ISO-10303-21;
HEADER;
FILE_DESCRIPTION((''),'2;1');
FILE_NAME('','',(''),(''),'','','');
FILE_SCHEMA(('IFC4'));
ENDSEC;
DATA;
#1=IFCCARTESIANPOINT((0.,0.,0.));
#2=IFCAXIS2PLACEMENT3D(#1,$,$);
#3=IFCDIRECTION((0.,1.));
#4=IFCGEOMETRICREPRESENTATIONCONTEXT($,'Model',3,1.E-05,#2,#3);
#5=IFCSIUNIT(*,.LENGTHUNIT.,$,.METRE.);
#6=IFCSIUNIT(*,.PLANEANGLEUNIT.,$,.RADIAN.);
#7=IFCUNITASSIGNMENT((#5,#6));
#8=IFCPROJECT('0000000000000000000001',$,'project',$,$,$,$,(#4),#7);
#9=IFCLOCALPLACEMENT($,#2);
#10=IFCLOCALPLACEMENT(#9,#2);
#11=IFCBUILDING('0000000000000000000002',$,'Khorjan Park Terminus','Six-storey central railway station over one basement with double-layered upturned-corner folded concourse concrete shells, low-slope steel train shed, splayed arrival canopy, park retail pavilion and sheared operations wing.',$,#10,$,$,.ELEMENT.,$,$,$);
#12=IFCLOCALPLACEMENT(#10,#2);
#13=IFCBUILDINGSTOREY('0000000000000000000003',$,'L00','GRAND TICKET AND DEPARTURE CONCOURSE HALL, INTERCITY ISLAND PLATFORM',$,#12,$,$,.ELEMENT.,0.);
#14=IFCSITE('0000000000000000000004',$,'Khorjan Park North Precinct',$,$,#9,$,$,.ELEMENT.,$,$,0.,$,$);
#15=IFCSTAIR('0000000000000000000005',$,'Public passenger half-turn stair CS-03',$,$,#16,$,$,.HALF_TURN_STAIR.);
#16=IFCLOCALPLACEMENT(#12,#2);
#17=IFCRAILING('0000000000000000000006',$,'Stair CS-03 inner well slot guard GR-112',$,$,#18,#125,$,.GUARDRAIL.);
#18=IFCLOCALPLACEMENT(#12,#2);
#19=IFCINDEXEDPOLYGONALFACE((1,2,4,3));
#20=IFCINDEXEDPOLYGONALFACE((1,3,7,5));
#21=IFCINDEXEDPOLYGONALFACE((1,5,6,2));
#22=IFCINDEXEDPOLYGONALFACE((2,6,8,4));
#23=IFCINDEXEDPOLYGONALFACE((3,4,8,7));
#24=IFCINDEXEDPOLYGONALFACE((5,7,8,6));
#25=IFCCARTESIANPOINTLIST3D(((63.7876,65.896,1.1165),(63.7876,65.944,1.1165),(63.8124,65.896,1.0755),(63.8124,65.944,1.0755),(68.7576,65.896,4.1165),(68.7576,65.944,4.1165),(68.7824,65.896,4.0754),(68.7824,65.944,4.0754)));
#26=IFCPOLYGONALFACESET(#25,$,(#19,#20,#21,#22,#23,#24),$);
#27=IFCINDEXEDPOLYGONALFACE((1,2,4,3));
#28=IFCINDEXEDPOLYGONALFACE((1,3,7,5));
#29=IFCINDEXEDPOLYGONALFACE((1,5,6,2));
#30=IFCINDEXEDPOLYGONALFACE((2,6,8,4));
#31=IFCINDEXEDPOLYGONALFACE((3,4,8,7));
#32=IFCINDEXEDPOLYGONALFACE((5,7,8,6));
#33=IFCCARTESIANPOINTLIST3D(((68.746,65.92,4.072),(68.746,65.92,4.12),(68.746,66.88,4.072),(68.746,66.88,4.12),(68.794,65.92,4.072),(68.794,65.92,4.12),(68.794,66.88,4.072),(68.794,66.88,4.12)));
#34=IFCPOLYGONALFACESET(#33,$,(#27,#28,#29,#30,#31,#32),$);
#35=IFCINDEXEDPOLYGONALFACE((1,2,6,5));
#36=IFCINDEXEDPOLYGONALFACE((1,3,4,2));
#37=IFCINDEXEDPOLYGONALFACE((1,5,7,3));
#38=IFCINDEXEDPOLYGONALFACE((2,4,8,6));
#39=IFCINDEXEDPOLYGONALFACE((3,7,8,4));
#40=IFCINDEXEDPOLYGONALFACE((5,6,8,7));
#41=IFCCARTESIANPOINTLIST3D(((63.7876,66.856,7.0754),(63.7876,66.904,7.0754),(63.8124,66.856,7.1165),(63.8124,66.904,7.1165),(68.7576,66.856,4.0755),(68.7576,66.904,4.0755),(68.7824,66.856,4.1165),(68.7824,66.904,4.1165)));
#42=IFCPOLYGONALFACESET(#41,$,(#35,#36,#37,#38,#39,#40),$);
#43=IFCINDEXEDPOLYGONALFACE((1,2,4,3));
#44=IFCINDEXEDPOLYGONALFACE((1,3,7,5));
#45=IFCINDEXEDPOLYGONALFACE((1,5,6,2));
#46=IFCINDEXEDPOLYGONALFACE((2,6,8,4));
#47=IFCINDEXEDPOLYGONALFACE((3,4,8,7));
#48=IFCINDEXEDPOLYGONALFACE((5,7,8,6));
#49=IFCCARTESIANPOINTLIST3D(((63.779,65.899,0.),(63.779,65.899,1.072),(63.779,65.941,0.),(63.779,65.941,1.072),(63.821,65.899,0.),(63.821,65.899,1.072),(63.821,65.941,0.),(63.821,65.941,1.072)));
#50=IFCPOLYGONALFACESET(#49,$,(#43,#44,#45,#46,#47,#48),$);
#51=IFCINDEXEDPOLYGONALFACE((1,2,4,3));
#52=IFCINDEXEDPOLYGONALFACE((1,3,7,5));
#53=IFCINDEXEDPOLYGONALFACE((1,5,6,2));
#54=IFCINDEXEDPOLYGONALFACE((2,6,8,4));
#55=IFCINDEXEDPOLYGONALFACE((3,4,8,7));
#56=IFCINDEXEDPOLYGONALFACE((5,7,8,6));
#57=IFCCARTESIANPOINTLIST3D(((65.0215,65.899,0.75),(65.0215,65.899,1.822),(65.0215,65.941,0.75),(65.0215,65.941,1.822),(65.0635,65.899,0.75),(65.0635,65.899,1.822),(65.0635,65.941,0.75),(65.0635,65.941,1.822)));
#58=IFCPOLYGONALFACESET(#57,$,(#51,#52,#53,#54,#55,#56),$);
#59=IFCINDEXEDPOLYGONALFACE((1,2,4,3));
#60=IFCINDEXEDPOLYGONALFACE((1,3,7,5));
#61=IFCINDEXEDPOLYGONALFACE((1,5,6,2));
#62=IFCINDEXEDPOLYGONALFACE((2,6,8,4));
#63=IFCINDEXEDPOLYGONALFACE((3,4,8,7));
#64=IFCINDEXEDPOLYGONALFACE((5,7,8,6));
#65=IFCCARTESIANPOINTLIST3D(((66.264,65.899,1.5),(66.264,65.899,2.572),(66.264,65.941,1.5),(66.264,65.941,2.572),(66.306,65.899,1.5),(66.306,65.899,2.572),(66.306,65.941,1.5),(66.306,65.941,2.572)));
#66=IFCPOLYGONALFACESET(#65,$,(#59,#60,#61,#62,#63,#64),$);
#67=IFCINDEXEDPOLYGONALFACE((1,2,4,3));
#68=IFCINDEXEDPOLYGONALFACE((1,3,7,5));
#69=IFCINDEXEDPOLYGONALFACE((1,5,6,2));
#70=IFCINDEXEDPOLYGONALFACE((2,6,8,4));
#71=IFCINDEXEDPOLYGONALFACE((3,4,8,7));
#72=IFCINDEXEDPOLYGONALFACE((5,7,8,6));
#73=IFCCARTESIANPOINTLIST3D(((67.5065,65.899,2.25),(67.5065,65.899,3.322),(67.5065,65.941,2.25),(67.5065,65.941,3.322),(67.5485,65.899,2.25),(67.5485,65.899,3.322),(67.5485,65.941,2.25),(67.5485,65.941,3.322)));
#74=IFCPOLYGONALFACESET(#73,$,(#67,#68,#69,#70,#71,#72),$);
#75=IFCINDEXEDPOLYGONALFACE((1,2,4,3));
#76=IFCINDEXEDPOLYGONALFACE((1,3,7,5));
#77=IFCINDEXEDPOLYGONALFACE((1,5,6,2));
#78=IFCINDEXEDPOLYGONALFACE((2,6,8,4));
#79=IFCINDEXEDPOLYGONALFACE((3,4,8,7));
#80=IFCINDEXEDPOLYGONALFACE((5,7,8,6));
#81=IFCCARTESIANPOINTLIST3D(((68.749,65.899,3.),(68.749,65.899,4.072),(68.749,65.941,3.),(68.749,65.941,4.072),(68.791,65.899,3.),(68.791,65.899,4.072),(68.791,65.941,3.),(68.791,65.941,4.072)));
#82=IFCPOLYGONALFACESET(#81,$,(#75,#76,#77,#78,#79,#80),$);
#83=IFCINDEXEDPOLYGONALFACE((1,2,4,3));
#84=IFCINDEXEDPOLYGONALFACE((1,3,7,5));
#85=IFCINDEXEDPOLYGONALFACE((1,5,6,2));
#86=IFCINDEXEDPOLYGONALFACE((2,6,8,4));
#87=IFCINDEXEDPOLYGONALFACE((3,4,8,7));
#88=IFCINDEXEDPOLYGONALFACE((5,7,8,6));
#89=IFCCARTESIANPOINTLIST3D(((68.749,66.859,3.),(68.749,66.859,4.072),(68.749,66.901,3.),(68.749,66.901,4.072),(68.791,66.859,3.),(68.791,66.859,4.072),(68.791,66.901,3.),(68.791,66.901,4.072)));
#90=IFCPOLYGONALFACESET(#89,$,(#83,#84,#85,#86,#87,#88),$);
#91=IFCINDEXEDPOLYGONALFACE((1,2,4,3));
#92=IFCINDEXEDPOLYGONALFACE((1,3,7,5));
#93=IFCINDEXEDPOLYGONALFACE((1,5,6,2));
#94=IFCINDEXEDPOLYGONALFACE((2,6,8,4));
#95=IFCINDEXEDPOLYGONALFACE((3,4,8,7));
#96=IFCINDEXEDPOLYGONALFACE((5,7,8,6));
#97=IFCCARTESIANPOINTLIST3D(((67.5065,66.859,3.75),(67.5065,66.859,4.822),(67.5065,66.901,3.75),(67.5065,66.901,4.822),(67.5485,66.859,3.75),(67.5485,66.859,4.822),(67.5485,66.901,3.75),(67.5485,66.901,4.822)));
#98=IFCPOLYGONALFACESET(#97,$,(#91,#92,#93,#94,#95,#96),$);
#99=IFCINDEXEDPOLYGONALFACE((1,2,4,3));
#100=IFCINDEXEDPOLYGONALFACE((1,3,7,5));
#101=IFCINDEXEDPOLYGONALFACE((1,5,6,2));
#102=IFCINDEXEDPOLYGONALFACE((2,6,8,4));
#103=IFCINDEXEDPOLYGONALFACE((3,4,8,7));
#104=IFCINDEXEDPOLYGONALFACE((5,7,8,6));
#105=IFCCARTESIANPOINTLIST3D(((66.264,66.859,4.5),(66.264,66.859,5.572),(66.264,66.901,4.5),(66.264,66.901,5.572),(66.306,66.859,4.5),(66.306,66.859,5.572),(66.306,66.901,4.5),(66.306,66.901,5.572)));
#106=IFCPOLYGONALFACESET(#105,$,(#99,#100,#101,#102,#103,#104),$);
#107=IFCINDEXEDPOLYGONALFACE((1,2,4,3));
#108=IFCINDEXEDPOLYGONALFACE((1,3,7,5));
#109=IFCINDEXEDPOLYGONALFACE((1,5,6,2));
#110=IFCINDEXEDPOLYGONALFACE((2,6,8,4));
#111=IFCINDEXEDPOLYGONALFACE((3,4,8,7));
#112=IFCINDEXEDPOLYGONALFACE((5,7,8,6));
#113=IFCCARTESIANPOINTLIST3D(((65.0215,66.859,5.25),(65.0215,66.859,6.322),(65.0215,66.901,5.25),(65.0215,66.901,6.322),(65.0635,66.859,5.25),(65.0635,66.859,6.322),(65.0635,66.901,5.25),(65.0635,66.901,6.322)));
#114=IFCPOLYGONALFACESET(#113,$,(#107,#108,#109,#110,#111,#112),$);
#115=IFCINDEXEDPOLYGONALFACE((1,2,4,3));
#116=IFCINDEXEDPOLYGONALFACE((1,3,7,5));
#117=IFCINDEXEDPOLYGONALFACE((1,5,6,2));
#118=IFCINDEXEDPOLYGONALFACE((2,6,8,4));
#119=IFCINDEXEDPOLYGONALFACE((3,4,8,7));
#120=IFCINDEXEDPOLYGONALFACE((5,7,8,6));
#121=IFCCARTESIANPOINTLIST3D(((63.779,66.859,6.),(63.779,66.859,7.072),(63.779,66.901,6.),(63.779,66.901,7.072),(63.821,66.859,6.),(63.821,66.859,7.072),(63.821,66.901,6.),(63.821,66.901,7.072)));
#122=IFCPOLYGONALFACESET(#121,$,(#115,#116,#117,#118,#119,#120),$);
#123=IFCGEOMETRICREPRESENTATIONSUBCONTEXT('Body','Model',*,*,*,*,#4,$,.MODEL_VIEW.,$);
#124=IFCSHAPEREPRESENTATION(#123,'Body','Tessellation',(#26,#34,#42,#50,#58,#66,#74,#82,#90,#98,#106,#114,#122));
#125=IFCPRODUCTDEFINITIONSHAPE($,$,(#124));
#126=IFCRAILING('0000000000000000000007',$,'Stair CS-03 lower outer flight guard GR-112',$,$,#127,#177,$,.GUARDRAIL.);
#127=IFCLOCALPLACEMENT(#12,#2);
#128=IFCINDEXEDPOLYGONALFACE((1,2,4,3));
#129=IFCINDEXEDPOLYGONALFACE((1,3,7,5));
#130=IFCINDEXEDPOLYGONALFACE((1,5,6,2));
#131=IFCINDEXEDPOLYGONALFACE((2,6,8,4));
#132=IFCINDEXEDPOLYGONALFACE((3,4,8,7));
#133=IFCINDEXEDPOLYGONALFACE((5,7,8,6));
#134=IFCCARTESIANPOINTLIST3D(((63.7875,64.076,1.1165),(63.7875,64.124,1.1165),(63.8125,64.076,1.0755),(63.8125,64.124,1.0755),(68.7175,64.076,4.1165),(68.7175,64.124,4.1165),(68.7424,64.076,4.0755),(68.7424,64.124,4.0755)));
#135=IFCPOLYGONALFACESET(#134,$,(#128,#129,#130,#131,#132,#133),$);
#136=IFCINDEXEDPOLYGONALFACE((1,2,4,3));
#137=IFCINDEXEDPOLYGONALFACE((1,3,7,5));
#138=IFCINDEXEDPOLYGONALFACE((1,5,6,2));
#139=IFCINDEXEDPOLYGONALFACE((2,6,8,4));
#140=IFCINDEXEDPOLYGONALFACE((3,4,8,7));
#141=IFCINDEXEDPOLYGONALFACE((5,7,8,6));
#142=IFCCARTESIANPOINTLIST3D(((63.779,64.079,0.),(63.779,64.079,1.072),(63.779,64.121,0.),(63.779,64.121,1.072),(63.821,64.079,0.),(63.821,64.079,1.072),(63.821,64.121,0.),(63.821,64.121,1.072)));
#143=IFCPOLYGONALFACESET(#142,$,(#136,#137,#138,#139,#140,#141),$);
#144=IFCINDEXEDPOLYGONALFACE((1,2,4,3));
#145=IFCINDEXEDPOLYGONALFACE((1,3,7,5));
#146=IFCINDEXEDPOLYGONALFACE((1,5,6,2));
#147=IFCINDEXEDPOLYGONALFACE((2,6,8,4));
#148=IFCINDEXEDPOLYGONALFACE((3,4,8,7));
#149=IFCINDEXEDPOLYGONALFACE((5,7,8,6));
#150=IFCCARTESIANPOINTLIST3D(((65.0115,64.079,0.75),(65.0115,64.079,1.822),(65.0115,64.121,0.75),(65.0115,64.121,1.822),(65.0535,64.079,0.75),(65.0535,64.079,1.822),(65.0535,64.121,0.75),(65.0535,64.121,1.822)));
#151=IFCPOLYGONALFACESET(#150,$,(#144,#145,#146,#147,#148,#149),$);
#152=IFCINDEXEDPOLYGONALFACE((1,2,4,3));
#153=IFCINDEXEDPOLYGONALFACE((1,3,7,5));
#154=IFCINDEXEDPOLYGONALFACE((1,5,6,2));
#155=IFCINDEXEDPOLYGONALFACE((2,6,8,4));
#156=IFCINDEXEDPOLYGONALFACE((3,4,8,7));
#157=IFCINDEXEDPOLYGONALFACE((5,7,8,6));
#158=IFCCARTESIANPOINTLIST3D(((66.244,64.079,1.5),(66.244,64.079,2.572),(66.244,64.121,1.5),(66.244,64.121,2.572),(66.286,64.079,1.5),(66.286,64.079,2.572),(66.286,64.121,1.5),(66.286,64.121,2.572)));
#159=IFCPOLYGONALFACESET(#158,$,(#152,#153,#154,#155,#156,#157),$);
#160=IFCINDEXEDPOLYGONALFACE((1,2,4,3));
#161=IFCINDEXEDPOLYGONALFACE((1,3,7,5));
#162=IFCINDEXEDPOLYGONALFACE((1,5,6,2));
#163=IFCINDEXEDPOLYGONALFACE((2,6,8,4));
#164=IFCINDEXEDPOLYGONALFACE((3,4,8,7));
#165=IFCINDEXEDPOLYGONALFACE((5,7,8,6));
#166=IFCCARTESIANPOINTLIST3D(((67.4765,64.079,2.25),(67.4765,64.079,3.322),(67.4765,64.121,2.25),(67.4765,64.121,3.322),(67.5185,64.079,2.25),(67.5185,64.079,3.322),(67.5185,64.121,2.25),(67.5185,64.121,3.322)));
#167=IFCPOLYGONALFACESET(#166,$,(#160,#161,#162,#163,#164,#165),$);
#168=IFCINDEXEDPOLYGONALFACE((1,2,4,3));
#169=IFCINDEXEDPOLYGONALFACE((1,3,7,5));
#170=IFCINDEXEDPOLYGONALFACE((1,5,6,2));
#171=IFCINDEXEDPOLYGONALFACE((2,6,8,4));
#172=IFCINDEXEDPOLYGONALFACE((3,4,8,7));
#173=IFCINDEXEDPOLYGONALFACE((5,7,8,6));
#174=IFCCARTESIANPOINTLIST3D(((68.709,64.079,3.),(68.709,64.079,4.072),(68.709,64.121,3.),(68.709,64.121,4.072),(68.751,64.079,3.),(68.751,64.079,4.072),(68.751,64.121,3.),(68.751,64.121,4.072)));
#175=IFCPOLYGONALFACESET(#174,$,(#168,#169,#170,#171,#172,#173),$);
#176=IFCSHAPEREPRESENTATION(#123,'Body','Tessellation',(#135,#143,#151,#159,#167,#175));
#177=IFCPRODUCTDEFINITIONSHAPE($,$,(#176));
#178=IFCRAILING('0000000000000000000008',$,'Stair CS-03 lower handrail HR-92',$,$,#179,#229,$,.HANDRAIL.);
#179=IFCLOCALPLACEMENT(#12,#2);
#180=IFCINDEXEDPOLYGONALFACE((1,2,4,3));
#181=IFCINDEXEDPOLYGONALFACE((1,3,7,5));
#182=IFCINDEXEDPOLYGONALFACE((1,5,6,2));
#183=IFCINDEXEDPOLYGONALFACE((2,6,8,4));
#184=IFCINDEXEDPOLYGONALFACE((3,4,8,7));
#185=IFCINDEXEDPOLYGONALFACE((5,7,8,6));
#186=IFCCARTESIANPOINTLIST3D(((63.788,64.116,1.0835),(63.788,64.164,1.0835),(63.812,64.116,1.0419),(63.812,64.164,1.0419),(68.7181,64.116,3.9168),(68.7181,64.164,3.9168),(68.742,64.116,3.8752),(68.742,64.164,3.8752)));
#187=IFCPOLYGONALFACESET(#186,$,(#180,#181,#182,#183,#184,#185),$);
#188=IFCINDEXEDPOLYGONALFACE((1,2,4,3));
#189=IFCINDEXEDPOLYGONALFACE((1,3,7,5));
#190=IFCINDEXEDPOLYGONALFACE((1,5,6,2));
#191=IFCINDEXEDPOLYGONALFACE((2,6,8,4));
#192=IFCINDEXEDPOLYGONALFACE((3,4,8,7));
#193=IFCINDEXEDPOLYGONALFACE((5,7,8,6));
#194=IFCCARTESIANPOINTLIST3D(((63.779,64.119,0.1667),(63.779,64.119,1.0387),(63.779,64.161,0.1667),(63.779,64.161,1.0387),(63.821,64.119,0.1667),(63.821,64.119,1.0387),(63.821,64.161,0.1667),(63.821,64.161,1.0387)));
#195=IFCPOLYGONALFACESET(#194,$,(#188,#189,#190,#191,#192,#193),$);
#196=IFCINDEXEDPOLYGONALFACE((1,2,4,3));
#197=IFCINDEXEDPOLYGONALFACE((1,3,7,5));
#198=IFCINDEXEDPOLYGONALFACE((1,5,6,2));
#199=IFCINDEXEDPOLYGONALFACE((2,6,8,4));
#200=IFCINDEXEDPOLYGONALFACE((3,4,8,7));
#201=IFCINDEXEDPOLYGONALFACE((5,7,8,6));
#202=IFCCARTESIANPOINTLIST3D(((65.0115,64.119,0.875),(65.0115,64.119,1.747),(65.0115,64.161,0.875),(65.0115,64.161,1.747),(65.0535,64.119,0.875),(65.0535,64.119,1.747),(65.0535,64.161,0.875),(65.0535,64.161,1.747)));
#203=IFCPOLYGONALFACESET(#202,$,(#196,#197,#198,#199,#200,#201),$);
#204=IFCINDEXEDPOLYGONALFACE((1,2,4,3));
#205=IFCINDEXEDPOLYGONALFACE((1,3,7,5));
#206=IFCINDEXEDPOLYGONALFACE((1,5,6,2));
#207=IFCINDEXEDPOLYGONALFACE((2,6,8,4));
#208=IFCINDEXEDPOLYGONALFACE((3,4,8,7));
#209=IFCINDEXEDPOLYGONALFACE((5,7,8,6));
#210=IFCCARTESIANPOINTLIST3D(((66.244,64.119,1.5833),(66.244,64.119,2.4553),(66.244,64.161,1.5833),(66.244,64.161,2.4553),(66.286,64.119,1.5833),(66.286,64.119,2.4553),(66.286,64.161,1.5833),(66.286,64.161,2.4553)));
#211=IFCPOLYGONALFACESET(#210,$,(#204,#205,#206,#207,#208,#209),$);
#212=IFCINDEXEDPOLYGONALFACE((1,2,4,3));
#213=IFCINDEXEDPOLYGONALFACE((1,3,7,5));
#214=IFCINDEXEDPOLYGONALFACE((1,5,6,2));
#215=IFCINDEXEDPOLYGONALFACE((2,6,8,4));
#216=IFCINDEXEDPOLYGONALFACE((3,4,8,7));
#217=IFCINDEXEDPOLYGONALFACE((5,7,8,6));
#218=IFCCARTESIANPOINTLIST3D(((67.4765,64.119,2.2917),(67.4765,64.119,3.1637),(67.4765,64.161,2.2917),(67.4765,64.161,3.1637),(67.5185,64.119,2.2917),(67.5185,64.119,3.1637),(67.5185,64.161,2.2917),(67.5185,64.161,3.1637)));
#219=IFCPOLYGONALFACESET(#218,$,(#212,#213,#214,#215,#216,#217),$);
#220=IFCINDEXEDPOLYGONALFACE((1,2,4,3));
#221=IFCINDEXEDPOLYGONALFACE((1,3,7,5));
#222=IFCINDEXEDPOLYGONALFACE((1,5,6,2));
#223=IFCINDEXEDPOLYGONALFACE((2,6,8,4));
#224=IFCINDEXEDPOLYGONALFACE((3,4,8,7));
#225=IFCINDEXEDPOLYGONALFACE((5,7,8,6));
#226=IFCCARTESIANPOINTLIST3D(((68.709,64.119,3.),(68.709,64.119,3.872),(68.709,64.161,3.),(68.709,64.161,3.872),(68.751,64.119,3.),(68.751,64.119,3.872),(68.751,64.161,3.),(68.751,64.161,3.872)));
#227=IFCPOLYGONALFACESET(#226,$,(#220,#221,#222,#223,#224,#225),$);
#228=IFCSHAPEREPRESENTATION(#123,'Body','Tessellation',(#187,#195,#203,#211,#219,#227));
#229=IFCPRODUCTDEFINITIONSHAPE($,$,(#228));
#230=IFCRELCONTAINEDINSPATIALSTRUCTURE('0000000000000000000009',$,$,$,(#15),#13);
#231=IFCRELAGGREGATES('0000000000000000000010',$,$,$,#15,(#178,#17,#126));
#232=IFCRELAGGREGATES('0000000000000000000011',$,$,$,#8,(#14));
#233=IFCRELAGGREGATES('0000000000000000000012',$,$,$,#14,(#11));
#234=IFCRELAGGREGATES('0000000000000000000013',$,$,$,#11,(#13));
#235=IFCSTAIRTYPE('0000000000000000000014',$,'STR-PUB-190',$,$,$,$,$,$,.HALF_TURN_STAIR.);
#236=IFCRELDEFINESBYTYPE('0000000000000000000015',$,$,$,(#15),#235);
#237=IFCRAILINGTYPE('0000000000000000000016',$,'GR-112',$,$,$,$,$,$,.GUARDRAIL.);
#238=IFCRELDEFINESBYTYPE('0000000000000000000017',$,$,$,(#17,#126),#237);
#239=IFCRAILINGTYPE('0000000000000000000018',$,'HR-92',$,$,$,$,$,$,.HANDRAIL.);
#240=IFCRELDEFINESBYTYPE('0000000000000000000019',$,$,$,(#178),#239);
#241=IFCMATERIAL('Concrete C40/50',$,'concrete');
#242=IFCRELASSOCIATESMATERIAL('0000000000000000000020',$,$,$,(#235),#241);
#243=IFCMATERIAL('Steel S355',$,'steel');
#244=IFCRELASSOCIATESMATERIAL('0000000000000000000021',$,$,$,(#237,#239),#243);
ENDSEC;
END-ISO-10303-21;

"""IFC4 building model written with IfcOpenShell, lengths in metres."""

from ifc_helpers import new_model, si_unit, direction, frame, origin, origin_2d, place, context, subcontext, project, spatial, rectangle, extrude, material, type_object, element, aggregate, save


model = new_model("IFC4")

# Units and contexts
model_context = context("Model", 3, precision=1e-05, world=origin(), true_north=direction((0.0, 1.0)))
body_context = subcontext(model_context, "Body", "Model", "MODEL_VIEW")
ifc_project = project(units=[si_unit("LENGTHUNIT", "METRE"), si_unit("PLANEANGLEUNIT", "RADIAN")], contexts=[model_context])

# Site, building, storey
site_placement = place(None, origin())
site = spatial("IfcSite", under=ifc_project, at=site_placement, Name="Khorjan Park North Precinct", CompositionType="ELEMENT", RefElevation=0.0)
building_placement = place(site_placement, origin())
building = spatial("IfcBuilding", under=site, at=building_placement, Name="Khorjan Park Terminus", Description="Six-storey central railway station over one basement with double-layered upturned-corner folded concourse concrete shells, low-slope steel train shed, splayed arrival canopy, park retail pavilion and sheared operations wing.", CompositionType="ELEMENT")
storey_placement = place(building_placement, origin())
storey = spatial("IfcBuildingStorey", under=building, at=storey_placement, Name="L00", Description="GRAND TICKET AND DEPARTURE CONCOURSE HALL, INTERCITY ISLAND PLATFORM", CompositionType="ELEMENT", Elevation=0.0)

# Shared definitions
ifc_material_1 = material(Name="Concrete C40/50", Category="concrete")

# Shared definitions
ifc_material_2 = material(Name="Steel S355", Category="steel")

# Stair
stair_type = type_object("IfcStairType", Name="STR-PUB-190", PredefinedType="HALF_TURN_STAIR", material=ifc_material_1)
stair_placement = place(storey_placement, origin())
stair = element("IfcStair", 1, at=stair_placement, inside=storey, type_object=stair_type, Name="Public passenger half-turn stair CS-03", PredefinedType="HALF_TURN_STAIR")

# Railings
railing_type_1 = type_object("IfcRailingType", Name="GR-112", PredefinedType="GUARDRAIL", material=ifc_material_2)
railing_1_placement = place(storey_placement, frame((63.8, 65.92, 0.0)))
railing_1 = element("IfcRailing", 2, at=railing_1_placement, type_object=railing_type_1, Name="Stair CS-03 inner well slot guard GR-112", PredefinedType="GUARDRAIL", context=body_context, shape_type="SweptSolid", body=[
    extrude(rectangle(XDim=0.048, YDim=0.048, at=origin_2d()), frame((0.0, 0.0, 1.096), z_axis=(0.856122, 0.0, 0.516774), x_axis=(0.0, 1.0, 0.0)), (0.0, 0.0, 1.0), 5.8052),
    extrude(rectangle(XDim=0.048, YDim=0.048, at=origin_2d()), frame((4.97, 0.0, 4.096), z_axis=(0.0, 1.0, 0.0), x_axis=(-1.0, 0.0, 0.0)), (0.0, 0.0, 1.0), 0.96),
    extrude(rectangle(XDim=0.048, YDim=0.048, at=origin_2d()), frame((4.97, 0.96, 4.096), z_axis=(-0.856122, 0.0, 0.516774), x_axis=(0.0, -1.0, 0.0)), (0.0, 0.0, 1.0), 5.8052),
    extrude(rectangle(XDim=0.042, YDim=0.042, at=origin_2d()), origin(), (0.0, 0.0, 1.0), 1.072),
    extrude(rectangle(XDim=0.042, YDim=0.042, at=origin_2d()), frame((1.2425, 0.0, 0.75)), (0.0, 0.0, 1.0), 1.072),
    extrude(rectangle(XDim=0.042, YDim=0.042, at=origin_2d()), frame((2.485, 0.0, 1.5)), (0.0, 0.0, 1.0), 1.072),
    extrude(rectangle(XDim=0.042, YDim=0.042, at=origin_2d()), frame((3.7275, 0.0, 2.25)), (0.0, 0.0, 1.0), 1.072),
    extrude(rectangle(XDim=0.042, YDim=0.042, at=origin_2d()), frame((4.97, 0.0, 3.0)), (0.0, 0.0, 1.0), 1.072),
    extrude(rectangle(XDim=0.042, YDim=0.042, at=origin_2d()), frame((4.97, 0.96, 3.0)), (0.0, 0.0, 1.0), 1.072),
    extrude(rectangle(XDim=0.042, YDim=0.042, at=origin_2d()), frame((3.7275, 0.96, 3.75)), (0.0, 0.0, 1.0), 1.072),
    extrude(rectangle(XDim=0.042, YDim=0.042, at=origin_2d()), frame((2.485, 0.96, 4.5)), (0.0, 0.0, 1.0), 1.072),
    extrude(rectangle(XDim=0.042, YDim=0.042, at=origin_2d()), frame((1.2425, 0.96, 5.25)), (0.0, 0.0, 1.0), 1.072),
    extrude(rectangle(XDim=0.042, YDim=0.042, at=origin_2d()), frame((0.0, 0.96, 6.0)), (0.0, 0.0, 1.0), 1.072),
])
railing_2_placement = place(storey_placement, frame((63.8, 64.1, 0.0)))
railing_2 = element("IfcRailing", 3, at=railing_2_placement, type_object=railing_type_1, Name="Stair CS-03 lower outer flight guard GR-112", PredefinedType="GUARDRAIL", context=body_context, shape_type="SweptSolid", body=[
    extrude(rectangle(XDim=0.048, YDim=0.048, at=origin_2d()), frame((0.0, 0.0, 1.096), z_axis=(0.854265, 0.0, 0.519837), x_axis=(0.0, 1.0, 0.0)), (0.0, 0.0, 1.0), 5.771),
    extrude(rectangle(XDim=0.042, YDim=0.042, at=origin_2d()), origin(), (0.0, 0.0, 1.0), 1.072),
    extrude(rectangle(XDim=0.042, YDim=0.042, at=origin_2d()), frame((1.2325, 0.0, 0.75)), (0.0, 0.0, 1.0), 1.072),
    extrude(rectangle(XDim=0.042, YDim=0.042, at=origin_2d()), frame((2.465, 0.0, 1.5)), (0.0, 0.0, 1.0), 1.072),
    extrude(rectangle(XDim=0.042, YDim=0.042, at=origin_2d()), frame((3.6975, 0.0, 2.25)), (0.0, 0.0, 1.0), 1.072),
    extrude(rectangle(XDim=0.042, YDim=0.042, at=origin_2d()), frame((4.93, 0.0, 3.0)), (0.0, 0.0, 1.0), 1.072),
])
railing_type_2 = type_object("IfcRailingType", Name="HR-92", PredefinedType="HANDRAIL", material=ifc_material_2)
railing_3_placement = place(storey_placement, frame((63.8, 64.14, 0.1667)))
railing_3 = element("IfcRailing", 4, at=railing_3_placement, type_object=railing_type_2, Name="Stair CS-03 lower handrail HR-92", PredefinedType="HANDRAIL", context=body_context, shape_type="SweptSolid", body=[
    extrude(rectangle(XDim=0.048, YDim=0.048, at=origin_2d()), frame((0.0, 0.0, 0.896), z_axis=(0.867016, 0.0, 0.498279), x_axis=(0.0, 1.0, 0.0)), (0.0, 0.0, 1.0), 5.6862),
    extrude(rectangle(XDim=0.042, YDim=0.042, at=origin_2d()), origin(), (0.0, 0.0, 1.0), 0.872),
    extrude(rectangle(XDim=0.042, YDim=0.042, at=origin_2d()), frame((1.2325, 0.0, 0.7083)), (0.0, 0.0, 1.0), 0.872),
    extrude(rectangle(XDim=0.042, YDim=0.042, at=origin_2d()), frame((2.465, 0.0, 1.4166)), (0.0, 0.0, 1.0), 0.872),
    extrude(rectangle(XDim=0.042, YDim=0.042, at=origin_2d()), frame((3.6975, 0.0, 2.125)), (0.0, 0.0, 1.0), 0.872),
    extrude(rectangle(XDim=0.042, YDim=0.042, at=origin_2d()), frame((4.93, 0.0, 2.8333)), (0.0, 0.0, 1.0), 0.872),
])
aggregate(stair, [railing_3, railing_1, railing_2])

save(model, "model.ifc")
